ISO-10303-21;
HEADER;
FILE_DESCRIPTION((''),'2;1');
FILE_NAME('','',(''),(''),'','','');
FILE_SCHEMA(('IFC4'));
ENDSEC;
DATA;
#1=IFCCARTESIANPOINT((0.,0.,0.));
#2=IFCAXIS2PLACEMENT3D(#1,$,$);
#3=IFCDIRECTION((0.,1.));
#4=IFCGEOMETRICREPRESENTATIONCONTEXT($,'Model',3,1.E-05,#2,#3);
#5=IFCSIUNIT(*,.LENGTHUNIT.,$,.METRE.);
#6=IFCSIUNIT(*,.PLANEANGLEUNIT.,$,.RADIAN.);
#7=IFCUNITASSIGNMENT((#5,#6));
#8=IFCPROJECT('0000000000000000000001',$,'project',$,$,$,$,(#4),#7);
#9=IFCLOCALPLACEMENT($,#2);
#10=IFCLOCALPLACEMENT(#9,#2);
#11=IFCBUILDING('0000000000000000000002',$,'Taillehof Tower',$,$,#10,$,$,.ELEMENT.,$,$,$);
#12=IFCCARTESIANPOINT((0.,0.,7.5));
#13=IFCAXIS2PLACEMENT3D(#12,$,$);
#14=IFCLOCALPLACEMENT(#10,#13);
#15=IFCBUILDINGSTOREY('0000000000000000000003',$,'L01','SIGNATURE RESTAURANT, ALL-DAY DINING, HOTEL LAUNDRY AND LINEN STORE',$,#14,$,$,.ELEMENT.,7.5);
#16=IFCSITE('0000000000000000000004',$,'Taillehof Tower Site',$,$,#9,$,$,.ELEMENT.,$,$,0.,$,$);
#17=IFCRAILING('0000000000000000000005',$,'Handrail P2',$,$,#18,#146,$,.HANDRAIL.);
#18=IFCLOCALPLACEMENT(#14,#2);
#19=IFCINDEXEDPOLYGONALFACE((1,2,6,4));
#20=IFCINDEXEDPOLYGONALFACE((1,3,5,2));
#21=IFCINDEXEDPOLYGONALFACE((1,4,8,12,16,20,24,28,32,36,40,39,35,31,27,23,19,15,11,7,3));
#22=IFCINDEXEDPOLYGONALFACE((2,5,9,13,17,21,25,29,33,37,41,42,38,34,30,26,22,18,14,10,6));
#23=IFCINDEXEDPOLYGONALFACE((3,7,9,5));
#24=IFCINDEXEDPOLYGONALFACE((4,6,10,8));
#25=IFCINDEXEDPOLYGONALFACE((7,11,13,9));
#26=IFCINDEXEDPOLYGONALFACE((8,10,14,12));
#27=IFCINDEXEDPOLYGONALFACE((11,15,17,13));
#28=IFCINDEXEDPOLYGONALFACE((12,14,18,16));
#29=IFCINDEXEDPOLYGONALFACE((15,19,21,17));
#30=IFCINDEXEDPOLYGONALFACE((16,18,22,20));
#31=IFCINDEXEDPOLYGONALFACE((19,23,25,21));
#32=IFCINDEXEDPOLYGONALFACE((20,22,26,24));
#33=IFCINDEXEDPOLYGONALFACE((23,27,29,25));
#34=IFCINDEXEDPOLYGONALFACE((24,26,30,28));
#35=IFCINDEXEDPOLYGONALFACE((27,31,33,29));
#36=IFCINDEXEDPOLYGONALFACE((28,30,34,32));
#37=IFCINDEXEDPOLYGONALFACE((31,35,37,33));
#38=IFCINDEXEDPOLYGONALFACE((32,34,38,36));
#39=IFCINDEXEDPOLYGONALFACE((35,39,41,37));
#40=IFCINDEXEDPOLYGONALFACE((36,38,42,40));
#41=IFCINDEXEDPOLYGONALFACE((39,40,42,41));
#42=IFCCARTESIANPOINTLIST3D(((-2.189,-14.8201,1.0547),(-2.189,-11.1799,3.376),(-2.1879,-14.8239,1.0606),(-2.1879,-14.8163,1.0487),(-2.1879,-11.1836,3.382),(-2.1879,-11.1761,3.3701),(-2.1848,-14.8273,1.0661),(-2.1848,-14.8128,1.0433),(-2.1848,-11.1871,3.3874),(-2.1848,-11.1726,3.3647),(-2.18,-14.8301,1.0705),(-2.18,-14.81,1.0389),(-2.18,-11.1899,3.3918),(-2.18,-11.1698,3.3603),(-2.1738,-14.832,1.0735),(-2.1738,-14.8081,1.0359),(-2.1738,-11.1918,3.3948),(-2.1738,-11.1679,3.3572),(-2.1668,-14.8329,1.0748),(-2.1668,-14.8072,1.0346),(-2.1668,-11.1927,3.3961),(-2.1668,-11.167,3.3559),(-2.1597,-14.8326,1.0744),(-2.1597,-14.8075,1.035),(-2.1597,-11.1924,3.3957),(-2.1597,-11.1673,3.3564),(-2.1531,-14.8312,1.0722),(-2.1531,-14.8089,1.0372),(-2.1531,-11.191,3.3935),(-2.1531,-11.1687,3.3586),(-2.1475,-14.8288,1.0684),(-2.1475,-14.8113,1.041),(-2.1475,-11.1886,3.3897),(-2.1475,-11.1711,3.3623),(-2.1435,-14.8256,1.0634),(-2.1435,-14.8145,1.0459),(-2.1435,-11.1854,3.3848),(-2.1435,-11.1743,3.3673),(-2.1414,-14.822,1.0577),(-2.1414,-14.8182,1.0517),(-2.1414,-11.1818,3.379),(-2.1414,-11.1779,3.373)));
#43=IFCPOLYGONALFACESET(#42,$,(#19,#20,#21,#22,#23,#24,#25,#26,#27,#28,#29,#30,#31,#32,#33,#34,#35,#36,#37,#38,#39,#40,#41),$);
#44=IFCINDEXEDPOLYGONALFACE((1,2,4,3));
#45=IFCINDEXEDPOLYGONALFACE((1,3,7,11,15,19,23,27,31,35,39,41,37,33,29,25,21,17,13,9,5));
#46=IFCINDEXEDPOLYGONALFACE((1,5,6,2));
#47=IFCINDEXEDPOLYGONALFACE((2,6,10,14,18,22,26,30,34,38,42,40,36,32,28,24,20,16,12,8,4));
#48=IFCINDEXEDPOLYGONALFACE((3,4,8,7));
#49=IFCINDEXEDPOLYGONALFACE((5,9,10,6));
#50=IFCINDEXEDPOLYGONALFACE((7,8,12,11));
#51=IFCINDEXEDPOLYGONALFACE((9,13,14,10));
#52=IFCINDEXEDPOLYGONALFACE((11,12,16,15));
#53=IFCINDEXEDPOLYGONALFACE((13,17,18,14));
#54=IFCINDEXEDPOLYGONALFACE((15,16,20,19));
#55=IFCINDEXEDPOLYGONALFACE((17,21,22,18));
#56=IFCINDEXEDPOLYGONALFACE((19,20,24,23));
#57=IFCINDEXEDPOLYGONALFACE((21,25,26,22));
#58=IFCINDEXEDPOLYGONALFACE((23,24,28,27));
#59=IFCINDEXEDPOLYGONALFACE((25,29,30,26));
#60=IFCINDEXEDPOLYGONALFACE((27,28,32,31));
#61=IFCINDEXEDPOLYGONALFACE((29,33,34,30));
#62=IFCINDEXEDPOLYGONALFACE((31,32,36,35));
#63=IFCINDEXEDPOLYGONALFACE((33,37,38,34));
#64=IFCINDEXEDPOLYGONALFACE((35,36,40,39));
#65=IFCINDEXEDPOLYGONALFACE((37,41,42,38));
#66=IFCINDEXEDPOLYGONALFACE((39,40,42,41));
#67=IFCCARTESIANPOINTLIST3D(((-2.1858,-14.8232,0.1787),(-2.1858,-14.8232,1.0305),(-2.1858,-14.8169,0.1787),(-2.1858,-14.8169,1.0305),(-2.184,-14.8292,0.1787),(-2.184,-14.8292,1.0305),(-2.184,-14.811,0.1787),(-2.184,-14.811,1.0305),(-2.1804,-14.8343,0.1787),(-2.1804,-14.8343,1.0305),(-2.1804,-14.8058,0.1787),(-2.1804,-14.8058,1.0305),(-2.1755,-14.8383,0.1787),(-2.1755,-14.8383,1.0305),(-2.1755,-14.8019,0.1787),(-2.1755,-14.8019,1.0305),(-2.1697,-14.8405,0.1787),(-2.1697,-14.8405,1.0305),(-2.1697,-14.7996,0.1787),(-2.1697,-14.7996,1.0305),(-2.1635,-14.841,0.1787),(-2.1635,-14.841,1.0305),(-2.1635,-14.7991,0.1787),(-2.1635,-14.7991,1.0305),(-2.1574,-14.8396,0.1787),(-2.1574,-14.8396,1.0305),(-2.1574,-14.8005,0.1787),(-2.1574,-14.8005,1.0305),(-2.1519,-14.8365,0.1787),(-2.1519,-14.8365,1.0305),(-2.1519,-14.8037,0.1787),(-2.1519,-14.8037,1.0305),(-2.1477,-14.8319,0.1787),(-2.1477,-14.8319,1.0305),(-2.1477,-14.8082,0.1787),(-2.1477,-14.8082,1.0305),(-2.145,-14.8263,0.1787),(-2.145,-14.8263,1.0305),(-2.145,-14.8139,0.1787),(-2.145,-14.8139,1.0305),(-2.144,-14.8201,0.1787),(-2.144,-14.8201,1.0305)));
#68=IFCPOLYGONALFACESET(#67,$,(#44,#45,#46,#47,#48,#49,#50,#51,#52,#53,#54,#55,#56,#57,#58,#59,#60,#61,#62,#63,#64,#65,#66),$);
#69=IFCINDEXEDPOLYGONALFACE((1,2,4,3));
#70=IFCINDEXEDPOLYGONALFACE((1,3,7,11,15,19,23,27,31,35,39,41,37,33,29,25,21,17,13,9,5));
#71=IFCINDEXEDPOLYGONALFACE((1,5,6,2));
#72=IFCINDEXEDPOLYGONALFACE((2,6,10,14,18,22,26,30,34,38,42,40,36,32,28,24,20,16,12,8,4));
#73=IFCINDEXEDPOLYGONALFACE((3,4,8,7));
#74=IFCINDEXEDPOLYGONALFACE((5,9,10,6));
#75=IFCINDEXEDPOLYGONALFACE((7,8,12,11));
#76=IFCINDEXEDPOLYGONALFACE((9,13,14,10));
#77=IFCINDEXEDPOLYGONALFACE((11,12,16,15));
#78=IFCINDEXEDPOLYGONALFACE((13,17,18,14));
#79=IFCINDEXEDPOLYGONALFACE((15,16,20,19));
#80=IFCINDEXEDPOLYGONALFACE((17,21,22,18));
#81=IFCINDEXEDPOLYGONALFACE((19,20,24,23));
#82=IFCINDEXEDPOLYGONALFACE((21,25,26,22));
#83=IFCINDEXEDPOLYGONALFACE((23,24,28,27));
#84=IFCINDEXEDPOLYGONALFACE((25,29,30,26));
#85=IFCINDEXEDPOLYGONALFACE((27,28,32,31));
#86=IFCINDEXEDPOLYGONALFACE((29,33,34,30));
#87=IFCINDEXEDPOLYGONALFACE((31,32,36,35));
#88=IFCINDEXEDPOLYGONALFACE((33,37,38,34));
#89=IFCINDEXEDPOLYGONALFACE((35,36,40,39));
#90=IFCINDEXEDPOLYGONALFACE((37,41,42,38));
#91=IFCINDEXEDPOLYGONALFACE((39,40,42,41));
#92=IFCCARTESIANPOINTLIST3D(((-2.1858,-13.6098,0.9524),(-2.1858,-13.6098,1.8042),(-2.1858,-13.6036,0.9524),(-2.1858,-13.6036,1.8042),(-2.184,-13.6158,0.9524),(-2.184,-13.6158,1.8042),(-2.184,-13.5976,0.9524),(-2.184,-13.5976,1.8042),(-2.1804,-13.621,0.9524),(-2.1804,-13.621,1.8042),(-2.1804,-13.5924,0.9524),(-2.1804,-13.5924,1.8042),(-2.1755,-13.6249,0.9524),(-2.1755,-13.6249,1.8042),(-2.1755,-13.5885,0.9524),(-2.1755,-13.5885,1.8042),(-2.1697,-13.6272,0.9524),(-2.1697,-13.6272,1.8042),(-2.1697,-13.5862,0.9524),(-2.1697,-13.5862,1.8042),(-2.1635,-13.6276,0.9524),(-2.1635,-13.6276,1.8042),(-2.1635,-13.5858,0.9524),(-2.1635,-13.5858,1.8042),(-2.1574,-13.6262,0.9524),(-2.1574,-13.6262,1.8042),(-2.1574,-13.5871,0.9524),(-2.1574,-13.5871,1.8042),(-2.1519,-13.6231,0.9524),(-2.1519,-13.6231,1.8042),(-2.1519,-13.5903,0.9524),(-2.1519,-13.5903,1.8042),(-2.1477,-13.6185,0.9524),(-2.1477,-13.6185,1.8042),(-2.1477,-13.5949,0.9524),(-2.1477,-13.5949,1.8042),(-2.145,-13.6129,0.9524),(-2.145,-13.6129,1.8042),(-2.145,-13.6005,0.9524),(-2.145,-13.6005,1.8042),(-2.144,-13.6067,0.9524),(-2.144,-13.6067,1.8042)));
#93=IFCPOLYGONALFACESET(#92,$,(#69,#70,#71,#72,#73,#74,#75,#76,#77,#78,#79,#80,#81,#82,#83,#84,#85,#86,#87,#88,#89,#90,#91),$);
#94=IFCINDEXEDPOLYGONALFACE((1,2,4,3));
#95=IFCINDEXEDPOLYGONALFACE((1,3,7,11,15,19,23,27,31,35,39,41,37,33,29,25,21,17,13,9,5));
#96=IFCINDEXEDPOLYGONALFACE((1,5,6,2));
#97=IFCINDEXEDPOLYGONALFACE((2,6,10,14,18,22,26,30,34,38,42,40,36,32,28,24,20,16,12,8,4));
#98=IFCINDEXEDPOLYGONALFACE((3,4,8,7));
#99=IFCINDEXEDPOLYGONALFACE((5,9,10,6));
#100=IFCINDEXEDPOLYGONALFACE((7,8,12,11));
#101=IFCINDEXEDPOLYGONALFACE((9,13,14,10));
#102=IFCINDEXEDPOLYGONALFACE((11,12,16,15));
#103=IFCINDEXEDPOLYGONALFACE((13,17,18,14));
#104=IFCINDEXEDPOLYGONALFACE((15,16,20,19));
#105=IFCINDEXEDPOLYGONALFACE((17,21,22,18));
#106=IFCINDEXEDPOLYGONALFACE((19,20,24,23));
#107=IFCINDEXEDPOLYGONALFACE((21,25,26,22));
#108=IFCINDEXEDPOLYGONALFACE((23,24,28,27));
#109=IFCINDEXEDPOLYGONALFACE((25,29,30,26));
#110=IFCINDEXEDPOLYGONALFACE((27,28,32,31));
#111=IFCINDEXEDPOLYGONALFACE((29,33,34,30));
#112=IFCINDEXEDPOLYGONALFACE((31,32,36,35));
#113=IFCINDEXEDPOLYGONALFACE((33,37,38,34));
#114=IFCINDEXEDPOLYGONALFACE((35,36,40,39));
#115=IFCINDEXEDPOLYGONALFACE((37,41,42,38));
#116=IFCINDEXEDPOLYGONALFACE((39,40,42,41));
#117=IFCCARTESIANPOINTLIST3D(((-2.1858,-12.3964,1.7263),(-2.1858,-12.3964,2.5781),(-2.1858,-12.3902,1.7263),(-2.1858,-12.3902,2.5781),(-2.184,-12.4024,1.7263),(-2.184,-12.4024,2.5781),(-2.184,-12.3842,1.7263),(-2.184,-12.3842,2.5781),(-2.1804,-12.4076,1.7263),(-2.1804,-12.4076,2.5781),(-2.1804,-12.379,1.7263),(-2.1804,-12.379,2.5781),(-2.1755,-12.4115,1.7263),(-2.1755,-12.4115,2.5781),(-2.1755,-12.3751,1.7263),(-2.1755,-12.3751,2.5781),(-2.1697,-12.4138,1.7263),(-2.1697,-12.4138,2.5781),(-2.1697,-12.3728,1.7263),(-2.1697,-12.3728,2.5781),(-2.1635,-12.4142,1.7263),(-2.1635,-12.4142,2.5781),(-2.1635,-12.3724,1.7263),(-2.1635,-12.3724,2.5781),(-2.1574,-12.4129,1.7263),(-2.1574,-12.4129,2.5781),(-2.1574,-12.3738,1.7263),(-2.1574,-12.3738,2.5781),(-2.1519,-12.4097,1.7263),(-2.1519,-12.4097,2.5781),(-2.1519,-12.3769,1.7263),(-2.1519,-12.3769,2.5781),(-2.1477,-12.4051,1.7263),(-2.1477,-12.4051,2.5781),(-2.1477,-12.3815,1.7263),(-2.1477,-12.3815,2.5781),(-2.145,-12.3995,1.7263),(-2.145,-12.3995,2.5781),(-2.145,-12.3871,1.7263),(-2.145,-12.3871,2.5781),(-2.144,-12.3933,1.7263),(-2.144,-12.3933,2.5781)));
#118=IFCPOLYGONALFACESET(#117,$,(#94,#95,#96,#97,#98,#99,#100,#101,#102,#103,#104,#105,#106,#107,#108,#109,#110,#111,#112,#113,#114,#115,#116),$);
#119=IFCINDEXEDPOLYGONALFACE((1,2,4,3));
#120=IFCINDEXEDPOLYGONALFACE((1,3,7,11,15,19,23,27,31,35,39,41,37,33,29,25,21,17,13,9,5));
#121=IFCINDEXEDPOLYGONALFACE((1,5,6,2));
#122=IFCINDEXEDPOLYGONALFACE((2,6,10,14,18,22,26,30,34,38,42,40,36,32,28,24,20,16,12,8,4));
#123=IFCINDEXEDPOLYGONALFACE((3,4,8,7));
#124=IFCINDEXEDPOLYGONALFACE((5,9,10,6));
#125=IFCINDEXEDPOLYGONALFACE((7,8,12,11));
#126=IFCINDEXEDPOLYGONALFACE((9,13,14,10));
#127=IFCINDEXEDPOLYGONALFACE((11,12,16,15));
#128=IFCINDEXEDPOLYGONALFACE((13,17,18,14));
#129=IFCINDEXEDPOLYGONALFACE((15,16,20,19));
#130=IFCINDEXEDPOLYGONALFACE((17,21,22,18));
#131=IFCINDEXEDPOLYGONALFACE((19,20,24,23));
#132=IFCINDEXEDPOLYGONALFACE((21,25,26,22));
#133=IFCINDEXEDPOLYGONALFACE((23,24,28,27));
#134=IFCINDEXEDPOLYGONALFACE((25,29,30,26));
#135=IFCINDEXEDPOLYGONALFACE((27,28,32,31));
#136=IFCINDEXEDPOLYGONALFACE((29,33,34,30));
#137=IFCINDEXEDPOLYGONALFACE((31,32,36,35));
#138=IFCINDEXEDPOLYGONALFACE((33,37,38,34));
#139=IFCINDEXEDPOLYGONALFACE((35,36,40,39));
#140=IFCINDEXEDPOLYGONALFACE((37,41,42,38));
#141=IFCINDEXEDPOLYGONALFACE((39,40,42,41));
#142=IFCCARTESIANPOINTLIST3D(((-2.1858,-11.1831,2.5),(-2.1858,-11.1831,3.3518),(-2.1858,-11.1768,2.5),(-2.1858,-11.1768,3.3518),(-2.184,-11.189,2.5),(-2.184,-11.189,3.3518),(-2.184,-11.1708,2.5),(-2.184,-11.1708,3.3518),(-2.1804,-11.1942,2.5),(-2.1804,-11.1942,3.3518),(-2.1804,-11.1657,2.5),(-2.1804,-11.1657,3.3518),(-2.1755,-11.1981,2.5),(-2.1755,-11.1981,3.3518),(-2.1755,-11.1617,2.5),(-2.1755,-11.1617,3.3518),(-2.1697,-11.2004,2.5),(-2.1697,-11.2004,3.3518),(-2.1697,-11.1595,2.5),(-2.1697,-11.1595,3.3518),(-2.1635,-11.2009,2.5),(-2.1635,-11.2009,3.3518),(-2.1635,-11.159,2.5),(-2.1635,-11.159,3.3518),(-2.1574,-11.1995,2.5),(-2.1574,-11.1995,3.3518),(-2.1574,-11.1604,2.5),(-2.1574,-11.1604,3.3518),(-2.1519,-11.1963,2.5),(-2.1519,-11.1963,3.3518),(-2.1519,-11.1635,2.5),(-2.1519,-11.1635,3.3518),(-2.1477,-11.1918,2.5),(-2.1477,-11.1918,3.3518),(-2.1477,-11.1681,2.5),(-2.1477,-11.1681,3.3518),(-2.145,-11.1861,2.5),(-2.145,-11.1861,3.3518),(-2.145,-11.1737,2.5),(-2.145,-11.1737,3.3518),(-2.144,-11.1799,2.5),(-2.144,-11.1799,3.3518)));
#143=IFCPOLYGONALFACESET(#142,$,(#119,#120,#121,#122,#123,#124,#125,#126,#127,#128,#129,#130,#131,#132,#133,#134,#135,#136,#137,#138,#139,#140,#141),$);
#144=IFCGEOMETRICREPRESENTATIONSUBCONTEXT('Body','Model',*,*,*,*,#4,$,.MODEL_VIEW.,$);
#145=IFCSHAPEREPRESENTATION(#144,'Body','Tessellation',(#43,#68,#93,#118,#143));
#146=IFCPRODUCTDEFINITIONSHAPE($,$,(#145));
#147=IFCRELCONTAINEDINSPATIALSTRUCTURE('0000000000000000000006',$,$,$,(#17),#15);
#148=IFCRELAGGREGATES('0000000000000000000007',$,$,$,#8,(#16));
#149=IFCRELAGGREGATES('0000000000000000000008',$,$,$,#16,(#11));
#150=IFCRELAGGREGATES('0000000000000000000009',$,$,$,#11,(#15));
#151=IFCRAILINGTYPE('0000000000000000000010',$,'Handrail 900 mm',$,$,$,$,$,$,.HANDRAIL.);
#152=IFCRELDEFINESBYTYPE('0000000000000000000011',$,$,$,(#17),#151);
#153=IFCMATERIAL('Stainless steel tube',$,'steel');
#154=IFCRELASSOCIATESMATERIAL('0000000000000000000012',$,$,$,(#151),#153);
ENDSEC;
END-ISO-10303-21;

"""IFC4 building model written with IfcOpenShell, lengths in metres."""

from ifc_helpers import new_model, si_unit, direction, frame, origin, origin_2d, place, context, subcontext, project, spatial, circle, extrude, material, type_object, element, save


model = new_model("IFC4")

# Units and contexts
model_context = context("Model", 3, precision=1e-05, world=origin(), true_north=direction((0.0, 1.0)))
body_context = subcontext(model_context, "Body", "Model", "MODEL_VIEW")
ifc_project = project(units=[si_unit("LENGTHUNIT", "METRE"), si_unit("PLANEANGLEUNIT", "RADIAN")], contexts=[model_context])

# Site, building, storey
site_placement = place(None, origin())
site = spatial("IfcSite", under=ifc_project, at=site_placement, Name="Taillehof Tower Site", CompositionType="ELEMENT", RefElevation=0.0)
building_placement = place(site_placement, origin())
building = spatial("IfcBuilding", under=site, at=building_placement, Name="Taillehof Tower", CompositionType="ELEMENT")
storey_placement = place(building_placement, frame((0.0, 0.0, 7.5)))
storey = spatial("IfcBuildingStorey", under=building, at=storey_placement, Name="L01", Description="SIGNATURE RESTAURANT, ALL-DAY DINING, HOTEL LAUNDRY AND LINEN STORE", CompositionType="ELEMENT", Elevation=7.5)

# Railing
ifc_material_1 = material(Name="Stainless steel tube", Category="steel")
railing_type_1 = type_object("IfcRailingType", Name="Handrail 900 mm", PredefinedType="HANDRAIL", material=ifc_material_1)
for number, where, name in (
    (1, (-2.165, -14.8201, 0.1787), "Handrail P2"),
):
    element("IfcRailing", number, at=place(storey_placement, frame(where)), inside=storey, type_object=railing_type_1, Name=name, PredefinedType="HANDRAIL", context=body_context, shape_type="SweptSolid", body=[
        extrude(circle(Radius=0.0239, at=origin_2d()), frame((0.0, 0.0, 0.876), z_axis=(0.0, 0.843153, 0.537673), x_axis=(-1.0, 0.0, 0.0)), (0.0, 0.0, 1.0), 4.3174),
        extrude(circle(Radius=0.021, at=origin_2d()), origin(), (0.0, 0.0, 1.0), 0.8518),
        extrude(circle(Radius=0.021, at=origin_2d()), frame((0.0, 1.2134, 0.7737)), (0.0, 0.0, 1.0), 0.8518),
        extrude(circle(Radius=0.021, at=origin_2d()), frame((0.0, 2.4268, 1.5476)), (0.0, 0.0, 1.0), 0.8518),
        extrude(circle(Radius=0.021, at=origin_2d()), frame((0.0, 3.6401, 2.3213)), (0.0, 0.0, 1.0), 0.8518),
    ])

save(model, "model.ifc")
